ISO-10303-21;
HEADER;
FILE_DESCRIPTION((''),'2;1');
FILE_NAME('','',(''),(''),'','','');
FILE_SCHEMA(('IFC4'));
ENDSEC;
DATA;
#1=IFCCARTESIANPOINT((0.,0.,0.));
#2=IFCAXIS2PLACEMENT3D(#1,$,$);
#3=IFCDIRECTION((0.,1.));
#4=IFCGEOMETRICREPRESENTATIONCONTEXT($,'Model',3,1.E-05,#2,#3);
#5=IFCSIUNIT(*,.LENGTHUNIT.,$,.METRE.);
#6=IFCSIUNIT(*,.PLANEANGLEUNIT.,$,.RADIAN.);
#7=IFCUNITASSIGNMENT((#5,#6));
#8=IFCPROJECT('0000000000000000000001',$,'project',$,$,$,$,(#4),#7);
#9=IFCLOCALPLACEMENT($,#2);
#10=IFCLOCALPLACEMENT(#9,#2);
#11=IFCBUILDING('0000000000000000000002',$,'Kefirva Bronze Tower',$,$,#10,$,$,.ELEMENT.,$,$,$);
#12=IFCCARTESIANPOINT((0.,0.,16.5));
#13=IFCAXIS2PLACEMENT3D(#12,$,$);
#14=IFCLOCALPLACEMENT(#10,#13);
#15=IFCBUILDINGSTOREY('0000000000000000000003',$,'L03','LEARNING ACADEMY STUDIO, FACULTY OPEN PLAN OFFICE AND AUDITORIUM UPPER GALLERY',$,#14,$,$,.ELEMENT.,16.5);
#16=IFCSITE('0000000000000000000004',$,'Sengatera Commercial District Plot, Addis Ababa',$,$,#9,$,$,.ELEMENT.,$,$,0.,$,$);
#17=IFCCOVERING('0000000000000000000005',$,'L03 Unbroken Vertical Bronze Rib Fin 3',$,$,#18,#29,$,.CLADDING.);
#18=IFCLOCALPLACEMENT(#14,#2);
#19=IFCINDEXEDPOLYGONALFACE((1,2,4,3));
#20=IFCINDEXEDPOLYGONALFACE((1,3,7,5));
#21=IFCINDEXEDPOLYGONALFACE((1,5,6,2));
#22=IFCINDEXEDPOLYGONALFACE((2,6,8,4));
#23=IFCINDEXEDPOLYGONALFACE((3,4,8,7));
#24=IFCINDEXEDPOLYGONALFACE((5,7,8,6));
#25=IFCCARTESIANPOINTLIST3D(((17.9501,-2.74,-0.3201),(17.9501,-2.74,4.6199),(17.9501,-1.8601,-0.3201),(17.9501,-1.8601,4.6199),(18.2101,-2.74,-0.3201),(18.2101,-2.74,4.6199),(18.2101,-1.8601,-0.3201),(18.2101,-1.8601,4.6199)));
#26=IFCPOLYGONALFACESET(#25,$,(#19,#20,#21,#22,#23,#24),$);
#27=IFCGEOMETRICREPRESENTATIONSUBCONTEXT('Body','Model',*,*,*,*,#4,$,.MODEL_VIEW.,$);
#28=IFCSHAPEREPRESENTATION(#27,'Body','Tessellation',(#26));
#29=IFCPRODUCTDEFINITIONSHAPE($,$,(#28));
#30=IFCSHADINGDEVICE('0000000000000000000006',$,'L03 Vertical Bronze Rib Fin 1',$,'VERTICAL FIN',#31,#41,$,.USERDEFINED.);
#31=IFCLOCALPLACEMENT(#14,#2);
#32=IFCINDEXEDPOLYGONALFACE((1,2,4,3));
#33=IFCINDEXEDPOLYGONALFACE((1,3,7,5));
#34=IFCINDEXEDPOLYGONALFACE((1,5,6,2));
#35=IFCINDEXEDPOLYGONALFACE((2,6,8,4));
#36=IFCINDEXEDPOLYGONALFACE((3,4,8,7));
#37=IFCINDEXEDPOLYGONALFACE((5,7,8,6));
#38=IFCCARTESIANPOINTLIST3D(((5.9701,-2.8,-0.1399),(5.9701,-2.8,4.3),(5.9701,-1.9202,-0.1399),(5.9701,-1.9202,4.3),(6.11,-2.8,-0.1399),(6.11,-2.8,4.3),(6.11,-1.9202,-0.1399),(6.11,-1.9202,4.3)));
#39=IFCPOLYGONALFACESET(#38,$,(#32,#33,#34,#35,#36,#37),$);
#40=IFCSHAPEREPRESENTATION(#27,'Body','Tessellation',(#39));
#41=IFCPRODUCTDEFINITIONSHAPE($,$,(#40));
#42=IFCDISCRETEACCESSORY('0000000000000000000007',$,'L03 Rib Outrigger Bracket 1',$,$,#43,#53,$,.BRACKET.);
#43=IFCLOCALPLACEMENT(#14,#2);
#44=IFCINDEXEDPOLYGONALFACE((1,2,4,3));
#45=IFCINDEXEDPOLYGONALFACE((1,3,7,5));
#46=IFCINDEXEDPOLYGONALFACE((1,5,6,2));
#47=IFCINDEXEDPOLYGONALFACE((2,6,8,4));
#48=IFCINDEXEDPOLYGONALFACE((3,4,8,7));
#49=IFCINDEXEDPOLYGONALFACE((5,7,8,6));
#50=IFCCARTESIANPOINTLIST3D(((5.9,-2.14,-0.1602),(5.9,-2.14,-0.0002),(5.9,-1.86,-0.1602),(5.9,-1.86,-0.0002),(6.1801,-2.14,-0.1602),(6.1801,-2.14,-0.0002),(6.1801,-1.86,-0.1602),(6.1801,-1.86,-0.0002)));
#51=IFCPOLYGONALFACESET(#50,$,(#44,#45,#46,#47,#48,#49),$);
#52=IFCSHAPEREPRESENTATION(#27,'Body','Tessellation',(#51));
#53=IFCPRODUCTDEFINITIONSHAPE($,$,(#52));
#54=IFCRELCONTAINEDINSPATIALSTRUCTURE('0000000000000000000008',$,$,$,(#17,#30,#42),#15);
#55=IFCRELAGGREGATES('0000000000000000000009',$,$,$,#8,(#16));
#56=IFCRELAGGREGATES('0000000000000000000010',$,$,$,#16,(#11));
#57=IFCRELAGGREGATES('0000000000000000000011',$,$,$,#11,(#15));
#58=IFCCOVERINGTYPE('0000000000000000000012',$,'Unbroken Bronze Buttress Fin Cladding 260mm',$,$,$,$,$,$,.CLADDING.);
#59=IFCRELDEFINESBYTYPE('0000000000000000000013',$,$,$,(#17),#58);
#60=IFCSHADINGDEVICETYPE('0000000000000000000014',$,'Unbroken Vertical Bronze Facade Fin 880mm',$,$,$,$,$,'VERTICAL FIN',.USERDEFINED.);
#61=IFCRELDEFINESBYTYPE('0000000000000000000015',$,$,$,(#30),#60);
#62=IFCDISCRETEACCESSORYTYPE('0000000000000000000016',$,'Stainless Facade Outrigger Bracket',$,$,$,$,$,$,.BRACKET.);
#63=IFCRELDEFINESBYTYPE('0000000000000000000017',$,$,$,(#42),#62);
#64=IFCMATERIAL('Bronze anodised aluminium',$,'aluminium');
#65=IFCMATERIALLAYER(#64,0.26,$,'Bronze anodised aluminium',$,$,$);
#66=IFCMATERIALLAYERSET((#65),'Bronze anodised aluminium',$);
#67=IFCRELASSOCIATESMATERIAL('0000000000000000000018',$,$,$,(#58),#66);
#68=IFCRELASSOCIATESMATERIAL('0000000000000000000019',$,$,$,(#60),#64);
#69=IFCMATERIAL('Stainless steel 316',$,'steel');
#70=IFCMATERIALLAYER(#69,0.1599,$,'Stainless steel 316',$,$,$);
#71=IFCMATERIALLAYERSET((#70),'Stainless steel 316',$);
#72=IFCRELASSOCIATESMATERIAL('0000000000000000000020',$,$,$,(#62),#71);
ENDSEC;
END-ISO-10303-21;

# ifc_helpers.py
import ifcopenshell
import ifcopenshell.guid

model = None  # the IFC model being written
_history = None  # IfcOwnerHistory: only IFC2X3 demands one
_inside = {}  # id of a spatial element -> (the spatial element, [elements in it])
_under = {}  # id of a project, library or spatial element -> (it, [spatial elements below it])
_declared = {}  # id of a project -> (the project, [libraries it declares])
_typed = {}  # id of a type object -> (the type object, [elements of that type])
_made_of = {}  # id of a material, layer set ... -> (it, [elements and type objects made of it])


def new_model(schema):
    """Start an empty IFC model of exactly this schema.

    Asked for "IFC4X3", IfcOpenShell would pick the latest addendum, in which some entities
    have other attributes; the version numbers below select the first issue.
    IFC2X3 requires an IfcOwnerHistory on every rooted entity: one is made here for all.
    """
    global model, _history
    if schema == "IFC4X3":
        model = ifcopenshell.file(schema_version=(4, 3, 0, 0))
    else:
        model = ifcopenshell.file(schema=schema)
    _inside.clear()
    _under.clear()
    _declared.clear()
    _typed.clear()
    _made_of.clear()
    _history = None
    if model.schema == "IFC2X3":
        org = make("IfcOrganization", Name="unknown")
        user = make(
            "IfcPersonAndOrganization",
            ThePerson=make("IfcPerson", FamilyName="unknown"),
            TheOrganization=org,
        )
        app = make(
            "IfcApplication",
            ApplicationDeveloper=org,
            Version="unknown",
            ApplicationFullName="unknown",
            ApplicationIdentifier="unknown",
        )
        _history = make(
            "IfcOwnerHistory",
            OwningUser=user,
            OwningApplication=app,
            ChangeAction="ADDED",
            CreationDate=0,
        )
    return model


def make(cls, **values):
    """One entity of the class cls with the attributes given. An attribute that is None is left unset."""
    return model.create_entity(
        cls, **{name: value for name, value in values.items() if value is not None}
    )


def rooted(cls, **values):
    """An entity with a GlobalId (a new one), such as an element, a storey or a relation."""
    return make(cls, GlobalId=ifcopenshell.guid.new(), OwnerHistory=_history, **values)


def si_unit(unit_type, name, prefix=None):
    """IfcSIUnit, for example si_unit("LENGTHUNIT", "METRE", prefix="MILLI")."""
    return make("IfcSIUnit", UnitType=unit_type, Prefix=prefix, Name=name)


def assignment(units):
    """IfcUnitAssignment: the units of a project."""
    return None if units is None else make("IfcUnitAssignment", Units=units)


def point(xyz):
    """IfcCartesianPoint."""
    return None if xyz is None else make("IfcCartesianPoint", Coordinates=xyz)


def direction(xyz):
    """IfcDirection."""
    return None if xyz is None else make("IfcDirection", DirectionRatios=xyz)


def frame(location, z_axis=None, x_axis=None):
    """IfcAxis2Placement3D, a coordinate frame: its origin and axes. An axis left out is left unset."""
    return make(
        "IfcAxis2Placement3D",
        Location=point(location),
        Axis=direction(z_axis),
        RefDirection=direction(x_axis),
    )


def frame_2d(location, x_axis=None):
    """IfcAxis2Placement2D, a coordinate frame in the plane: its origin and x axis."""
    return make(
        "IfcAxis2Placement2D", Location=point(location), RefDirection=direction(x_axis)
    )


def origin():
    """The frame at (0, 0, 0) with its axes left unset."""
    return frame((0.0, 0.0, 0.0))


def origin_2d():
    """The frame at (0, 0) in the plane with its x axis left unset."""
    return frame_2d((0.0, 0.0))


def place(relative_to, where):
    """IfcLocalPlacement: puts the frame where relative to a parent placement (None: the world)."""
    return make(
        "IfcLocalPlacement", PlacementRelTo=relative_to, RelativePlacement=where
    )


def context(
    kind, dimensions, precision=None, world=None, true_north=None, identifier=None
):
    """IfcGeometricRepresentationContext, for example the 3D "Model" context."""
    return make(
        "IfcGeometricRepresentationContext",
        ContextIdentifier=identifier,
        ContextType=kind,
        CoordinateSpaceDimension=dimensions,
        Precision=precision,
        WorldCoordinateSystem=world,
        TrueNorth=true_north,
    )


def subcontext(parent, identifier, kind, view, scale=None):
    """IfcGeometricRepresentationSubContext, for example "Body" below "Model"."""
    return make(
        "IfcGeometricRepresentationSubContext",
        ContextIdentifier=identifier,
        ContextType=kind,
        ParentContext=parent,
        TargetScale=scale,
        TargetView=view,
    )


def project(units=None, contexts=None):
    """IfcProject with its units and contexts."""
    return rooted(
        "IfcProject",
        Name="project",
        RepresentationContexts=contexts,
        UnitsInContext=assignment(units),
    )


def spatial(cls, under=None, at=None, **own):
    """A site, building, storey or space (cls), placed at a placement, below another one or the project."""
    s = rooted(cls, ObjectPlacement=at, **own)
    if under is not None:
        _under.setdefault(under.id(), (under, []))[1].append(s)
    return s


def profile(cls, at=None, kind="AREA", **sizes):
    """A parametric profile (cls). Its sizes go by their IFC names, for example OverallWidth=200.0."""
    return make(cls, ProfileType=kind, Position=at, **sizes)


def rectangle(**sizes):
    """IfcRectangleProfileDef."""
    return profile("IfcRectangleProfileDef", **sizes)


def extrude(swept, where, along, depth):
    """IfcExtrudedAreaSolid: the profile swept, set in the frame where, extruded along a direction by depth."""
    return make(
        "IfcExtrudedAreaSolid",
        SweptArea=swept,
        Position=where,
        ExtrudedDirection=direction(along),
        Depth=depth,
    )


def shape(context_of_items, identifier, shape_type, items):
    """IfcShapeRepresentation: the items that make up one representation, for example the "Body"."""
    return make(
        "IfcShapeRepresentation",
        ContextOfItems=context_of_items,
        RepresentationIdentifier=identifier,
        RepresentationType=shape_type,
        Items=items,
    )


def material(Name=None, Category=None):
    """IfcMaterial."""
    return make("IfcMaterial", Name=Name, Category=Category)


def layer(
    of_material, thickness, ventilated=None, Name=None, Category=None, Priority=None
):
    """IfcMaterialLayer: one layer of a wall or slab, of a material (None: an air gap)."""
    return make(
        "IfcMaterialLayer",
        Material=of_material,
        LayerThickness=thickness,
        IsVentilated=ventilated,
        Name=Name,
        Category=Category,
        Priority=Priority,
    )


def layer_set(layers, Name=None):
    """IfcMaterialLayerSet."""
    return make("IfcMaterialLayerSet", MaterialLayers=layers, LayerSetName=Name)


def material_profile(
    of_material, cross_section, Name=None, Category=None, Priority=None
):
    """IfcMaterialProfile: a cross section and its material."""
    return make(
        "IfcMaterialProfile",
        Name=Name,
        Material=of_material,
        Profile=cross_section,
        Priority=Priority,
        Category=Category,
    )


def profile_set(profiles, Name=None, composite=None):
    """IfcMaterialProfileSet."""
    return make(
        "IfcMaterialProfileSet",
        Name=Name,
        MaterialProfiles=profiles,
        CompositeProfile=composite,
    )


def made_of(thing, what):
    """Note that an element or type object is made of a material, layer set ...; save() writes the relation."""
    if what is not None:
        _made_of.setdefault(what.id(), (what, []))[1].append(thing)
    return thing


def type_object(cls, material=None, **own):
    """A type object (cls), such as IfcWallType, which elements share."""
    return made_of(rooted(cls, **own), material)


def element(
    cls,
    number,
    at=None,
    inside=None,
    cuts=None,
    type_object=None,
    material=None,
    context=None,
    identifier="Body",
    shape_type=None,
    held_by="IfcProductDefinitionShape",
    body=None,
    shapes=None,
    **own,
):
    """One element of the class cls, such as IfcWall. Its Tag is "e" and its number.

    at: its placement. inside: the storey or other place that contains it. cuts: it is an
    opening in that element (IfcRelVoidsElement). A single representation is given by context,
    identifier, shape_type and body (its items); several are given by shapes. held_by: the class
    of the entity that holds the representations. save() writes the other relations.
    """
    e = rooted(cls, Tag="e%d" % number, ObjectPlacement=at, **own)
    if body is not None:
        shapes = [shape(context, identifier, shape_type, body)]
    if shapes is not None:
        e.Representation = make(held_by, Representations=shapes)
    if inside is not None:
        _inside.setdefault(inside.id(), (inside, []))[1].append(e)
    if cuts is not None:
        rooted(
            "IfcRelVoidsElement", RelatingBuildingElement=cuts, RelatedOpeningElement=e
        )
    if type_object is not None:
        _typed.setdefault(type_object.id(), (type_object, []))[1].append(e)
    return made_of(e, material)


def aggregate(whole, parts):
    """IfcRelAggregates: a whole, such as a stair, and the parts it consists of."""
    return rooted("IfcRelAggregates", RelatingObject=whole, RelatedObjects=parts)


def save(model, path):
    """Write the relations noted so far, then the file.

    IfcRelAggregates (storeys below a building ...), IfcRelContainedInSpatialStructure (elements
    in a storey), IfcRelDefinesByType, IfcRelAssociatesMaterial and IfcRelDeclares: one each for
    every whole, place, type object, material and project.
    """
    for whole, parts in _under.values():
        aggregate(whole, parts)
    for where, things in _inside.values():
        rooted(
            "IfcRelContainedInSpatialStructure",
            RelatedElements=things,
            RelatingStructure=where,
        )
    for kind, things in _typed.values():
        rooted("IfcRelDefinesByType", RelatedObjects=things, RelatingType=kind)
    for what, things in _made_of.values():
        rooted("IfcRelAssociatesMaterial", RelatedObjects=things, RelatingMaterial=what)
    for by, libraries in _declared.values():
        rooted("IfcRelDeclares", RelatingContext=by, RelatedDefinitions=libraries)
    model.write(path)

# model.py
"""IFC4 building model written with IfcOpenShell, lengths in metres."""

from ifc_helpers import new_model, si_unit, direction, frame, origin, origin_2d, place, context, subcontext, project, spatial, rectangle, extrude, material, layer, layer_set, material_profile, profile_set, type_object, element, save


model = new_model("IFC4")

# Units and contexts
model_context = context("Model", 3, precision=1e-05, world=origin(), true_north=direction((0.0, 1.0)))
body_context = subcontext(model_context, "Body", "Model", "MODEL_VIEW")
ifc_project = project(units=[si_unit("LENGTHUNIT", "METRE"), si_unit("PLANEANGLEUNIT", "RADIAN")], contexts=[model_context])

# Site, building, storey
site_placement = place(None, origin())
site = spatial("IfcSite", under=ifc_project, at=site_placement, Name="Sengatera Commercial District Plot, Addis Ababa", CompositionType="ELEMENT", RefElevation=0.0)
building_placement = place(site_placement, origin())
building = spatial("IfcBuilding", under=site, at=building_placement, Name="Kefirva Bronze Tower", CompositionType="ELEMENT")
storey_placement = place(building_placement, frame((0.0, 0.0, 16.5)))
storey = spatial("IfcBuildingStorey", under=building, at=storey_placement, Name="L03", Description="LEARNING ACADEMY STUDIO, FACULTY OPEN PLAN OFFICE AND AUDITORIUM UPPER GALLERY", CompositionType="ELEMENT", Elevation=16.5)

# Shared definitions
ifc_material_1 = material(Name="Bronze anodised aluminium", Category="aluminium")

# Shared definitions
ifc_material_2 = material(Name="Stainless steel 316", Category="steel")

# Covering
ifc_layer_1 = layer(ifc_material_1, 0.26, Name="Bronze anodised aluminium")
ifc_layer_set_1 = layer_set([ifc_layer_1], Name="Bronze anodised aluminium")
covering_type_1 = type_object("IfcCoveringType", Name="Unbroken Bronze Buttress Fin Cladding 260mm", PredefinedType="CLADDING", material=ifc_layer_set_1)
for number, where, z_axis, x_axis, name in (
    (1, (18.0801, -2.3, -0.3201), (0.0, 0.0, 1.0), (1.0, 0.0, 0.0), "L03 Unbroken Vertical Bronze Rib Fin 3"),
):
    element("IfcCovering", number, at=place(storey_placement, frame(where, z_axis=z_axis, x_axis=x_axis)), inside=storey, type_object=covering_type_1, Name=name, PredefinedType="CLADDING", context=body_context, shape_type="SweptSolid", body=[
        extrude(rectangle(XDim=0.26, YDim=0.8799, at=origin_2d()), origin(), (0.0, 0.0, 1.0), 4.9399),
    ])

# Shading device
ifc_material_profile_1 = material_profile(ifc_material_1, rectangle(XDim=0.1399, YDim=0.8799, at=origin_2d()), Name="BRONZE FIN 140x880")
ifc_profile_set_1 = profile_set([ifc_material_profile_1], Name="Bronze anodised aluminium")
shading_device_type_1 = type_object("IfcShadingDeviceType", Name="Unbroken Vertical Bronze Facade Fin 880mm", ElementType="VERTICAL FIN", PredefinedType="USERDEFINED", material=ifc_profile_set_1)
shading_device_1_placement = place(storey_placement, frame((6.04, -2.3601, -0.1399), z_axis=(0.0, 0.0, 1.0), x_axis=(1.0, 0.0, 0.0)))
element("IfcShadingDevice", 2, at=shading_device_1_placement, inside=storey, type_object=shading_device_type_1, Name="L03 Vertical Bronze Rib Fin 1", ObjectType="VERTICAL FIN", PredefinedType="USERDEFINED", context=body_context, shape_type="SweptSolid", body=[
    extrude(rectangle(XDim=0.1399, YDim=0.8799, at=origin_2d()), origin(), (0.0, 0.0, 1.0), 4.4399),
])

# Discrete accessory
ifc_layer_2 = layer(ifc_material_2, 0.1599, Name="Stainless steel 316")
ifc_layer_set_2 = layer_set([ifc_layer_2], Name="Stainless steel 316")
discrete_accessory_type = type_object("IfcDiscreteAccessoryType", Name="Stainless Facade Outrigger Bracket", PredefinedType="BRACKET", material=ifc_layer_set_2)
discrete_accessory_placement = place(storey_placement, frame((6.04, -2.0, -0.1602), z_axis=(0.0, 0.0, 1.0), x_axis=(1.0, 0.0, 0.0)))
element("IfcDiscreteAccessory", 3, at=discrete_accessory_placement, inside=storey, type_object=discrete_accessory_type, Name="L03 Rib Outrigger Bracket 1", PredefinedType="BRACKET", context=body_context, shape_type="SweptSolid", body=[
    extrude(rectangle(XDim=0.28, YDim=0.28, at=origin_2d()), origin(), (0.0, 0.0, 1.0), 0.1599),
])

save(model, "model.ifc")
